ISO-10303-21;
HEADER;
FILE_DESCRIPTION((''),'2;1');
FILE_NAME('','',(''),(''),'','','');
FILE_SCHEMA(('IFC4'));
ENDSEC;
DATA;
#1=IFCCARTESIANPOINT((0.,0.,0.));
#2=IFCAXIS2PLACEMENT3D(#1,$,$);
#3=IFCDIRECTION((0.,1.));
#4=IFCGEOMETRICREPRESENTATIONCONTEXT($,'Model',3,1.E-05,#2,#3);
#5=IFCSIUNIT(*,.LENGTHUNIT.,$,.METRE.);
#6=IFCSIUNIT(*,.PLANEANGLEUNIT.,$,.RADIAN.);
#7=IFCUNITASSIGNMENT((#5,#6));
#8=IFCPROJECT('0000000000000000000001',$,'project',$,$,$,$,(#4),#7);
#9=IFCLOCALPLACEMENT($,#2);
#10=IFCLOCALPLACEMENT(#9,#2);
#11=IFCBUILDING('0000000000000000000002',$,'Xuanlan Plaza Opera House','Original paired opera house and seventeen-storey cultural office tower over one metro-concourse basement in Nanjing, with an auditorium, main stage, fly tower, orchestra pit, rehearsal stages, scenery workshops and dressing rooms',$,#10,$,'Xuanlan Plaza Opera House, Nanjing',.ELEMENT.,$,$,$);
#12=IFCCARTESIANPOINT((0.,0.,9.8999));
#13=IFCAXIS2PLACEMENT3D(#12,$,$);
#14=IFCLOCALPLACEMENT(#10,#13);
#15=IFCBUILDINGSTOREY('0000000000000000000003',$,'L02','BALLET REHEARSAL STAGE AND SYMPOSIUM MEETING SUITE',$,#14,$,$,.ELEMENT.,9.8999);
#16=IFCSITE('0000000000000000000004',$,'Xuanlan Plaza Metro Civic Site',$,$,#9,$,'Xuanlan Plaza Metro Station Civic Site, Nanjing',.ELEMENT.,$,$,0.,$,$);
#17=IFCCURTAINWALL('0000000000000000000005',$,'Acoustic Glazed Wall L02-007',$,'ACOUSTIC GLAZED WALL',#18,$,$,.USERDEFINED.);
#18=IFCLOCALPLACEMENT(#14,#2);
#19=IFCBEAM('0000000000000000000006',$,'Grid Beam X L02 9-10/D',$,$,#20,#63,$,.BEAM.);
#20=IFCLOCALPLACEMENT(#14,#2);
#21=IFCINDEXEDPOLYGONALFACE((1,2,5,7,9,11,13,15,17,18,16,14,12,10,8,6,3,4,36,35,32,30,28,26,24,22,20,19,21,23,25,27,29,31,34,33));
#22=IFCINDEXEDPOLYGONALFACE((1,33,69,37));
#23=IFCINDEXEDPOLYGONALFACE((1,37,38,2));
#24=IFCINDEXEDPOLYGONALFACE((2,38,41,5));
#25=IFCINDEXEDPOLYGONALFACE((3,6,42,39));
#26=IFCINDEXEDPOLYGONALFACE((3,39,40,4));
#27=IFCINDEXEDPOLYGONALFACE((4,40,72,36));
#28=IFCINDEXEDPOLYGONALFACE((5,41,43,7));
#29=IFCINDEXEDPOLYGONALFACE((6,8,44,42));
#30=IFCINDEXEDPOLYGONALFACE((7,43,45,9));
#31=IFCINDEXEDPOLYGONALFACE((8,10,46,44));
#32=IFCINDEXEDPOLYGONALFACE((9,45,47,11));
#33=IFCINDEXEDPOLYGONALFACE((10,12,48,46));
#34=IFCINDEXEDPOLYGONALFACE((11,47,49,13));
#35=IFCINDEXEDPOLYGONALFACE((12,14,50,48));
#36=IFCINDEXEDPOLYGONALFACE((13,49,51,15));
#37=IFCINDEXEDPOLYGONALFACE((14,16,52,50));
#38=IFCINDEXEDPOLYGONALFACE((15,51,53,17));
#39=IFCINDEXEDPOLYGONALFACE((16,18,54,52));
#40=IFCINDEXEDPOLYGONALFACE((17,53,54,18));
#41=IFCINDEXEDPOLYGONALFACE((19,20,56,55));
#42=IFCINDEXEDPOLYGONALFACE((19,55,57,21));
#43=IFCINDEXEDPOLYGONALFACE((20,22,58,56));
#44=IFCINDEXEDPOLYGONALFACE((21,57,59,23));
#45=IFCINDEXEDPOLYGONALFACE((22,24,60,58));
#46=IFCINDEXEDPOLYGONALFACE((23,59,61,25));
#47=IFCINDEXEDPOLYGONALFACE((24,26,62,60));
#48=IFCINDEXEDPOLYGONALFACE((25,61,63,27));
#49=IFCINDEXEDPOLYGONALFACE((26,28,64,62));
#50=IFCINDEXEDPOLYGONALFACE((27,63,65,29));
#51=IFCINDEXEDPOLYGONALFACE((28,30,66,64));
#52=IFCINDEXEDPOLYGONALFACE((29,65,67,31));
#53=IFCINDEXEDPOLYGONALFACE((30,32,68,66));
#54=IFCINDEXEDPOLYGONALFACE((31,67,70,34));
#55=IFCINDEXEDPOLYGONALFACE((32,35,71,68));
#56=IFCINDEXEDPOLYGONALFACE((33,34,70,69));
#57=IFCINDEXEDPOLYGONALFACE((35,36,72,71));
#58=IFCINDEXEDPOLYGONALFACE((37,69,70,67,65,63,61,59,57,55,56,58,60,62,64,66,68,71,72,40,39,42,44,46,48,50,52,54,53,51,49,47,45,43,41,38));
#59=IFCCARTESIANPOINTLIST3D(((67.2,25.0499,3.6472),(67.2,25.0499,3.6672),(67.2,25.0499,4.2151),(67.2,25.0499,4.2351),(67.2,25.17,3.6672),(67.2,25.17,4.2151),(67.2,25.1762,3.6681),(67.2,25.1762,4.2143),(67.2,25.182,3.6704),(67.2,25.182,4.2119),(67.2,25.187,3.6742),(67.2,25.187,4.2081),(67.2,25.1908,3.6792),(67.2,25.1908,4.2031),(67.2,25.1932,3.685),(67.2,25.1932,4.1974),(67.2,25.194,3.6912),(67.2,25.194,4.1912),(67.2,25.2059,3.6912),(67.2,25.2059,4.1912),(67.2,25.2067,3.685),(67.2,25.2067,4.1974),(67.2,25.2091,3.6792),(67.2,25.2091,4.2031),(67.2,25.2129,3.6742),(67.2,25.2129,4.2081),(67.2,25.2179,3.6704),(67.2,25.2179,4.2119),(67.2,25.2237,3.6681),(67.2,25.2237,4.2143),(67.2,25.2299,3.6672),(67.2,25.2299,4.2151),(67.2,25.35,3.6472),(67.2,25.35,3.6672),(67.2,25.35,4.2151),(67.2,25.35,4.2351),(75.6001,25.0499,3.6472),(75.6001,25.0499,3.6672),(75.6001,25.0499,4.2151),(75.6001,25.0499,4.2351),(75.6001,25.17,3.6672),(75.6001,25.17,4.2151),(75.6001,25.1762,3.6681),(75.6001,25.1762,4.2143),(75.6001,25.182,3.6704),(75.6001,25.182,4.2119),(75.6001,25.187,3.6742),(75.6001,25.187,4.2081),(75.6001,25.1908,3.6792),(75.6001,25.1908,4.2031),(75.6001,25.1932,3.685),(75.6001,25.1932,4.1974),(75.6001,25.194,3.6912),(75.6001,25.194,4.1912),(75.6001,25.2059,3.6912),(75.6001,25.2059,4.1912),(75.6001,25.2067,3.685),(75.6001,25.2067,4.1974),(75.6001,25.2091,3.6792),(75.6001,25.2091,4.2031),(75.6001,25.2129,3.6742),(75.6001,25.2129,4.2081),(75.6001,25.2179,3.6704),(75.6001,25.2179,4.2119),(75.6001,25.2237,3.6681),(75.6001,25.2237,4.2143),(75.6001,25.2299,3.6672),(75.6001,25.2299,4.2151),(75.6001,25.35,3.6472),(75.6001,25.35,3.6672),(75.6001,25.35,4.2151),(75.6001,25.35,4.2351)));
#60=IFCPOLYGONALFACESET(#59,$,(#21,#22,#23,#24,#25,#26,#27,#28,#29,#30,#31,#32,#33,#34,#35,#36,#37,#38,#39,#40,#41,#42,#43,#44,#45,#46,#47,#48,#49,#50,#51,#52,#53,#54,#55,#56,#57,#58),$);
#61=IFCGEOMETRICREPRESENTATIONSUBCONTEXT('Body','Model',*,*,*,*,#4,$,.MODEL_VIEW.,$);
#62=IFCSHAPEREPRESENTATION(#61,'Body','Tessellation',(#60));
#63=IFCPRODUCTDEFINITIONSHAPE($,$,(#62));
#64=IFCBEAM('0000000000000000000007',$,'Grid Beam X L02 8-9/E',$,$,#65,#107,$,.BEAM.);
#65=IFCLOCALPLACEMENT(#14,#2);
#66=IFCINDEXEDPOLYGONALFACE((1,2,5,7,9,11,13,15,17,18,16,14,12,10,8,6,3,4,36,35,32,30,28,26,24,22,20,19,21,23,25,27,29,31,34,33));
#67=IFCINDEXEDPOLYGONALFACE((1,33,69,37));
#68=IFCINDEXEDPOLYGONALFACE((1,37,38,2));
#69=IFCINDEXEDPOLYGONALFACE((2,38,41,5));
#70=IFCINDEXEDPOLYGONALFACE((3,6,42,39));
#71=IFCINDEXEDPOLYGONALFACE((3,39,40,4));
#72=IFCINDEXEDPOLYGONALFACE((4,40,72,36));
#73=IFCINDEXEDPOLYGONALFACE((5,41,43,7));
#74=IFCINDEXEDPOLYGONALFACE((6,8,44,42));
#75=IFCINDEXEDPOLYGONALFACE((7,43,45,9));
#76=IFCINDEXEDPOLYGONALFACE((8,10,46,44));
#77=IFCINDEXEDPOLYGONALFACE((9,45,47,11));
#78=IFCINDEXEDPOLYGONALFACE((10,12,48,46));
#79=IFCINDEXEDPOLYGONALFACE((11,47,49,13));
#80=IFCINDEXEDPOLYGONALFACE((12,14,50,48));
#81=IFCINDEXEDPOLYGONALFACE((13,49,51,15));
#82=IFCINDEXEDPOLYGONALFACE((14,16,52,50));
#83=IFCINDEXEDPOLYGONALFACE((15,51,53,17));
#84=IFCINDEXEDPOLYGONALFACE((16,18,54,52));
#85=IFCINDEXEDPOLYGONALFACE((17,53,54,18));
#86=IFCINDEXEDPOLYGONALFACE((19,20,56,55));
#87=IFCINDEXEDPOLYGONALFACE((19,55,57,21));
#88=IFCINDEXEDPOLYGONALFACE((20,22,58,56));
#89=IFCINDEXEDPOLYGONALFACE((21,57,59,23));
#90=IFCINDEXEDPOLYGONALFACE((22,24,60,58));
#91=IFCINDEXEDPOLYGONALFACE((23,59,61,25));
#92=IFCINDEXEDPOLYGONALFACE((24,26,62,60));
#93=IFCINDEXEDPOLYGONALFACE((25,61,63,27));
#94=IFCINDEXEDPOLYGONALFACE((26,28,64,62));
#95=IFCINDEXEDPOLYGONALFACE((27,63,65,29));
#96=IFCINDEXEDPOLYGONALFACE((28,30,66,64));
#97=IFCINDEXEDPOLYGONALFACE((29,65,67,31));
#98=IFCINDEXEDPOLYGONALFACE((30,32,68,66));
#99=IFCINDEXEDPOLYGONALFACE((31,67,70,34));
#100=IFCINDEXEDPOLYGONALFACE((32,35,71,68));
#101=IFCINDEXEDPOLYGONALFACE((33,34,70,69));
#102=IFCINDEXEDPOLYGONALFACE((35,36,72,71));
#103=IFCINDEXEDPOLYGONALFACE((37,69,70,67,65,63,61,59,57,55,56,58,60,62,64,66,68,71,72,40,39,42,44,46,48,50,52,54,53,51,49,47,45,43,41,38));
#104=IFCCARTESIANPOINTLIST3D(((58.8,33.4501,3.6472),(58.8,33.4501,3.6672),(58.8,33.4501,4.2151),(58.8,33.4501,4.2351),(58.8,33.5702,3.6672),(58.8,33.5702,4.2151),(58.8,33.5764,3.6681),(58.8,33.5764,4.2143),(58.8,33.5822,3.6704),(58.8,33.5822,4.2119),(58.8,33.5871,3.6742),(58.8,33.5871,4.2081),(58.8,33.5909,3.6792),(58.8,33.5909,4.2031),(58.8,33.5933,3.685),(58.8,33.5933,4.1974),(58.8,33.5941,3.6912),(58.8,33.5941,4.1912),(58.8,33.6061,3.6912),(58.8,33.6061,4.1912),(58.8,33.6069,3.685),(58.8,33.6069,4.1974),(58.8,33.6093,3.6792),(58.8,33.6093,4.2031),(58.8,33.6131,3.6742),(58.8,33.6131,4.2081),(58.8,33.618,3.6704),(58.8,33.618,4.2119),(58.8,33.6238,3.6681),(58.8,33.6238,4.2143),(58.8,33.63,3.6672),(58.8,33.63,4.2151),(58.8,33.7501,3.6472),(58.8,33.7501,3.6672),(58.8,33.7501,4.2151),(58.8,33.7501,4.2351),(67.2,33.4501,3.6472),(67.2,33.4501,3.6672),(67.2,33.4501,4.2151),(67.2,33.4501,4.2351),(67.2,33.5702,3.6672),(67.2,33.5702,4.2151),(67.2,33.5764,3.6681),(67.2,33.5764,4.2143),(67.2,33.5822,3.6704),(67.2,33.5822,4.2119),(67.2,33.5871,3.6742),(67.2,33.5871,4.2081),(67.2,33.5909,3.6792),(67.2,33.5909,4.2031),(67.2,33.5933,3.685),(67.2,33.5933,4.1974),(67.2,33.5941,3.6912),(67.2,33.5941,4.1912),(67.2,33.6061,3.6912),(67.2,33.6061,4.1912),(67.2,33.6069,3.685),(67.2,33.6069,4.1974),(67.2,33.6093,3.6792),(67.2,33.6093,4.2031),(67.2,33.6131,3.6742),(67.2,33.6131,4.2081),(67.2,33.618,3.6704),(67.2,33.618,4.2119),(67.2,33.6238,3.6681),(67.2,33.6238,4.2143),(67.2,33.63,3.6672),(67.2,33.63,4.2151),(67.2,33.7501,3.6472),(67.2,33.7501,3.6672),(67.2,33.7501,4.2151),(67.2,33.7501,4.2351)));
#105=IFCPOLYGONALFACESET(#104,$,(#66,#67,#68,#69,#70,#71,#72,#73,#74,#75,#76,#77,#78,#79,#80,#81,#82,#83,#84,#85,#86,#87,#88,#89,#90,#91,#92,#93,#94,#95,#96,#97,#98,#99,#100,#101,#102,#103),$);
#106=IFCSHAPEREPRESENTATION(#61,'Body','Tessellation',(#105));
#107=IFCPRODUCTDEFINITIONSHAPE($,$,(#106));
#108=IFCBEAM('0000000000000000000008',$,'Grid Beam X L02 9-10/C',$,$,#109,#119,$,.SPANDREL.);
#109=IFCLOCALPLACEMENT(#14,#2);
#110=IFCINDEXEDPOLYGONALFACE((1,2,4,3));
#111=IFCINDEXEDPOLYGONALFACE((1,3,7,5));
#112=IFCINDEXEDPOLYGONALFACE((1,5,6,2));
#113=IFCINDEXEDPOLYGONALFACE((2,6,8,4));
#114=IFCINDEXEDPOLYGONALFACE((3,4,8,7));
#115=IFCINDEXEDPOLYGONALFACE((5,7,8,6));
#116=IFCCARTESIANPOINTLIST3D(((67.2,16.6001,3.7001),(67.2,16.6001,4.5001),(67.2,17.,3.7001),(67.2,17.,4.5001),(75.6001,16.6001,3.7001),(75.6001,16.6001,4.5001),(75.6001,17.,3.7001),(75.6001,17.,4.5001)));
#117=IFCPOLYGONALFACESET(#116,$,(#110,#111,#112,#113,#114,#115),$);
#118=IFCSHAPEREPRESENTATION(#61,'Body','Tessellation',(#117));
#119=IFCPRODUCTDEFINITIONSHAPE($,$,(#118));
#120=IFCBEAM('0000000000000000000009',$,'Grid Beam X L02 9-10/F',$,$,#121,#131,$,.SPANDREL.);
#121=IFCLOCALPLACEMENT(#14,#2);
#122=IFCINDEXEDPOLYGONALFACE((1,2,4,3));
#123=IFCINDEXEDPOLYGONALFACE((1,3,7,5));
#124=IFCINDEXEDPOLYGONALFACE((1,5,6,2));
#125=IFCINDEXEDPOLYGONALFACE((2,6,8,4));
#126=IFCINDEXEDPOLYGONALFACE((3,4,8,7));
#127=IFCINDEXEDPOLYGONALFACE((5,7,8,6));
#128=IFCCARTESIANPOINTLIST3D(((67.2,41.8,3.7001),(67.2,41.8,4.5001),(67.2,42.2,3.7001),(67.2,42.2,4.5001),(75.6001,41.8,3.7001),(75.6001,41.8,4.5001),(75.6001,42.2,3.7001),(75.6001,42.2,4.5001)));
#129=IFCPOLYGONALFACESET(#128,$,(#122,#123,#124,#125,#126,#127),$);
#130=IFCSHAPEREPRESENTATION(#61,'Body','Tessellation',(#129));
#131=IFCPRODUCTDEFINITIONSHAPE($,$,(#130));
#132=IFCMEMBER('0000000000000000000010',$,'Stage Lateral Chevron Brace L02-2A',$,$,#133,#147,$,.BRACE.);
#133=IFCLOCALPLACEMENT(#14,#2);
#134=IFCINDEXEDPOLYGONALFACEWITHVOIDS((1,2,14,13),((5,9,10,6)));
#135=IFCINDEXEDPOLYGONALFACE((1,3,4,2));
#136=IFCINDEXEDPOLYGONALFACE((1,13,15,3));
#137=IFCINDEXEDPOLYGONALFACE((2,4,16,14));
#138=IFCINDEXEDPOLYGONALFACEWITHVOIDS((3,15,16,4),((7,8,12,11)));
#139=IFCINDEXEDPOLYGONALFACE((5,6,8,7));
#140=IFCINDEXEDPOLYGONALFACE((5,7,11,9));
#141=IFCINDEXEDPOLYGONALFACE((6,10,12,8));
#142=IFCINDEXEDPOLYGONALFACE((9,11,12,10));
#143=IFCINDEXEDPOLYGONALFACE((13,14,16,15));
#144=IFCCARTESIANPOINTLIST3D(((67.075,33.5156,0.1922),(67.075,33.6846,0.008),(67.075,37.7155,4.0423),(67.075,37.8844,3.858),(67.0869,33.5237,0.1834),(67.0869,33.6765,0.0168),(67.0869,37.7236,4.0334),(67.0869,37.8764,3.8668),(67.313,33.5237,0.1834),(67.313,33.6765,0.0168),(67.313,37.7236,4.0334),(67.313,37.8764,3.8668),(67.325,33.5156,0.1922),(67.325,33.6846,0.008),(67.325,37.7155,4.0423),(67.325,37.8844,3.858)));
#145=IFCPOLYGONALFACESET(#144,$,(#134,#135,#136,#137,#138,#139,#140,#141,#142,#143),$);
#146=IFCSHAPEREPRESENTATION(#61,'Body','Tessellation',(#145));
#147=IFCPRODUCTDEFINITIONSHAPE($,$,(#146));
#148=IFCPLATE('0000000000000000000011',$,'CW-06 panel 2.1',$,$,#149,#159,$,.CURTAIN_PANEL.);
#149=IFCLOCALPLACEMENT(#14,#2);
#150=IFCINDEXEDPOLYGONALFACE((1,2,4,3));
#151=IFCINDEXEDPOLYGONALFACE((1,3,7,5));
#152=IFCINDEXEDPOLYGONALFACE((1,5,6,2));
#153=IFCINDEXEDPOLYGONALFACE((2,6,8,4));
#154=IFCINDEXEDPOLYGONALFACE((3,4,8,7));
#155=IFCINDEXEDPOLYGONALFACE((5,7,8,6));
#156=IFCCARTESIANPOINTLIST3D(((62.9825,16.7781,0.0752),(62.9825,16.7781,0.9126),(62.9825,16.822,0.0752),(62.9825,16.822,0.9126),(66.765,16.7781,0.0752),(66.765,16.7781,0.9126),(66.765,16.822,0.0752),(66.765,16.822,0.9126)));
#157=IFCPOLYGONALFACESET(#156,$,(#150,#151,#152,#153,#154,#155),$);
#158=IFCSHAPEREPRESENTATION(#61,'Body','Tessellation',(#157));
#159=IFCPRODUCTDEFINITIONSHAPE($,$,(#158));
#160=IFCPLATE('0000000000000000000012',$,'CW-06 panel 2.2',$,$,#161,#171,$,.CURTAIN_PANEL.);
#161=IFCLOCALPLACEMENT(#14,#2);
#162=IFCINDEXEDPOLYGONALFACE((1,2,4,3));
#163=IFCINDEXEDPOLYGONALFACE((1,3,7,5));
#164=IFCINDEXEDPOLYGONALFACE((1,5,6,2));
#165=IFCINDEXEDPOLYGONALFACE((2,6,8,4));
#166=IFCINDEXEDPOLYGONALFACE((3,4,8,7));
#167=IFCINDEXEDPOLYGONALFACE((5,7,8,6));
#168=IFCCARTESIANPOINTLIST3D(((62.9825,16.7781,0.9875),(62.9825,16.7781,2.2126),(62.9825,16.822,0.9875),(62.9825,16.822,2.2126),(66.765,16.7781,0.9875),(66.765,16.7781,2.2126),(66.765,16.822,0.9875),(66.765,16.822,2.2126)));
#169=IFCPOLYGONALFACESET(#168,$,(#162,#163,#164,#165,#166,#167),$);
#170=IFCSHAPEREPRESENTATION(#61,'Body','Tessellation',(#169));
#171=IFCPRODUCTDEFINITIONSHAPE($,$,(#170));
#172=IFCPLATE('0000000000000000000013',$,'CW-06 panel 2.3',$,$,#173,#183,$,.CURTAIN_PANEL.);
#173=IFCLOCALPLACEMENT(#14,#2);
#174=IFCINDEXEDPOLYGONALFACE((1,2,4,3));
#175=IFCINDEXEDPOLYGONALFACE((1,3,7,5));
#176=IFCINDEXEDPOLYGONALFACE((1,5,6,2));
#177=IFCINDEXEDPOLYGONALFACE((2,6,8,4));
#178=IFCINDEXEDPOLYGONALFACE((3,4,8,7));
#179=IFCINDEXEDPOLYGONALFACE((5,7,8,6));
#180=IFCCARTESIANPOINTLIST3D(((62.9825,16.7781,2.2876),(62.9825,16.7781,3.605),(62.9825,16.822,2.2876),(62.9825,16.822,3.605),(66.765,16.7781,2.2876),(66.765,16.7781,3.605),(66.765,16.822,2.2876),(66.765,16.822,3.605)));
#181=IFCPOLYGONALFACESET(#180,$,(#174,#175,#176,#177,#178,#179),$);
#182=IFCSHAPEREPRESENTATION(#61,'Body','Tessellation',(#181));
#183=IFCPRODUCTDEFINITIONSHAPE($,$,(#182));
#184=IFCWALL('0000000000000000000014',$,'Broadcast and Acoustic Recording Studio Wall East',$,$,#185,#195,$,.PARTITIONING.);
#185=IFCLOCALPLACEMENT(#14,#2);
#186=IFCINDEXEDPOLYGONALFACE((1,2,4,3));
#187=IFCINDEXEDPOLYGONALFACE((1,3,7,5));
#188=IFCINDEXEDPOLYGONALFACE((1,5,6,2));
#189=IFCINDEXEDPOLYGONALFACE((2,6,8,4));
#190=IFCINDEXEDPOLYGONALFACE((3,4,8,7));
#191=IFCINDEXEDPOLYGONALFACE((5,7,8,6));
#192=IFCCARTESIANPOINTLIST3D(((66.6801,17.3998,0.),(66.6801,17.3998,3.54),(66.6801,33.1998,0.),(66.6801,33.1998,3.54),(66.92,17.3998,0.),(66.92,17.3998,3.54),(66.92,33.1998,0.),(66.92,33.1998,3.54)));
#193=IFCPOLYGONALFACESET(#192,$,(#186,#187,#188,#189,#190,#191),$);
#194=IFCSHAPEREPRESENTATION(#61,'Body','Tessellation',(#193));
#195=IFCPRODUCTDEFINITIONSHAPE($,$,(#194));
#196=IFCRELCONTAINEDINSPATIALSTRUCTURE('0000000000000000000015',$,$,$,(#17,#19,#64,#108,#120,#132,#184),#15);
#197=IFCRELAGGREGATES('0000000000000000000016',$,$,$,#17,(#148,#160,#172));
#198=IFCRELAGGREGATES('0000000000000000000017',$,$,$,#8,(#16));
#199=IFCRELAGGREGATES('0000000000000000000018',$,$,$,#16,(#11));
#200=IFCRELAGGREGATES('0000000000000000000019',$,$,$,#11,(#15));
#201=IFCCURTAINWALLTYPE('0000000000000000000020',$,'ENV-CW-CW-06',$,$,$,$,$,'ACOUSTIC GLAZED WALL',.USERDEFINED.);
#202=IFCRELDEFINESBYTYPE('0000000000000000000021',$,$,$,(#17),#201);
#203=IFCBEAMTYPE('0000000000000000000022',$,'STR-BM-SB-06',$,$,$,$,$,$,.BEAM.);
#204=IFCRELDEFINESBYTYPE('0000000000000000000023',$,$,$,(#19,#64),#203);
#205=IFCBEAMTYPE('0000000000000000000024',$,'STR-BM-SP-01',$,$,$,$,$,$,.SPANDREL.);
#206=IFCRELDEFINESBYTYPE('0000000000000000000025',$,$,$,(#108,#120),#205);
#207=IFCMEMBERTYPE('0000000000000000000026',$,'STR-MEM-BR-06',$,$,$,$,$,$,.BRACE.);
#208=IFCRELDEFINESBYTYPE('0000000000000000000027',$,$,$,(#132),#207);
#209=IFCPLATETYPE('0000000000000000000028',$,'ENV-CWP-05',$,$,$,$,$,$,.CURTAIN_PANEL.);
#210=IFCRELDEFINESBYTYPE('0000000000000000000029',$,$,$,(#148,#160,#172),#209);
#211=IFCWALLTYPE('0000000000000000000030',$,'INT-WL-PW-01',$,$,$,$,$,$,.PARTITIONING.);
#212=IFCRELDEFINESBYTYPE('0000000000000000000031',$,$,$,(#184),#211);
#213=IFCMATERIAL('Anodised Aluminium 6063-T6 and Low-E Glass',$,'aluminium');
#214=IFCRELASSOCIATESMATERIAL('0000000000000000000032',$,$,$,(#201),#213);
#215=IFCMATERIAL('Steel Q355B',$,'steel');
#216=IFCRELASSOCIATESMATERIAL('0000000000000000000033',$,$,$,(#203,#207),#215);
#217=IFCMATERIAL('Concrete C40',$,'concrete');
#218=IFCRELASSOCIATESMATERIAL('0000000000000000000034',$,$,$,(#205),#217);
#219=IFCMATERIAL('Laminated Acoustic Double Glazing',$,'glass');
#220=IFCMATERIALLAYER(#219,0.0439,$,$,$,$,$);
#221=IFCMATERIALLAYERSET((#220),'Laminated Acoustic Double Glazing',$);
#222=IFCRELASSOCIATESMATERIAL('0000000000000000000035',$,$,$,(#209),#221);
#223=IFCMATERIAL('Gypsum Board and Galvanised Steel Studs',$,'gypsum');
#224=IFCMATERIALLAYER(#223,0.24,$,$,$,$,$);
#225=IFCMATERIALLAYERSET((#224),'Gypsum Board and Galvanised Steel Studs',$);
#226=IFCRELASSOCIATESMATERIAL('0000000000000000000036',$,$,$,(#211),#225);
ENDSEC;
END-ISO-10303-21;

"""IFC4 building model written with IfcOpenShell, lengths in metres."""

from ifc_helpers import new_model, si_unit, direction, frame, frame_2d, origin, origin_2d, place, context, subcontext, project, spatial, rectangle, hollow_rectangle, i_section, extrude, material, layer, layer_set, material_profile, profile_set, type_object, element, aggregate, save


model = new_model("IFC4")

# Units and contexts
model_context = context("Model", 3, precision=1e-05, world=origin(), true_north=direction((0.0, 1.0)))
body_context = subcontext(model_context, "Body", "Model", "MODEL_VIEW")
ifc_project = project(units=[si_unit("LENGTHUNIT", "METRE"), si_unit("PLANEANGLEUNIT", "RADIAN")], contexts=[model_context])

# Site, building, storey
site_placement = place(None, origin())
site = spatial("IfcSite", under=ifc_project, at=site_placement, Name="Xuanlan Plaza Metro Civic Site", LongName="Xuanlan Plaza Metro Station Civic Site, Nanjing", CompositionType="ELEMENT", RefElevation=0.0)
building_placement = place(site_placement, origin())
building = spatial("IfcBuilding", under=site, at=building_placement, Name="Xuanlan Plaza Opera House", Description="Original paired opera house and seventeen-storey cultural office tower over one metro-concourse basement in Nanjing, with an auditorium, main stage, fly tower, orchestra pit, rehearsal stages, scenery workshops and dressing rooms", LongName="Xuanlan Plaza Opera House, Nanjing", CompositionType="ELEMENT")
storey_placement = place(building_placement, frame((0.0, 0.0, 9.8999)))
storey = spatial("IfcBuildingStorey", under=building, at=storey_placement, Name="L02", Description="BALLET REHEARSAL STAGE AND SYMPOSIUM MEETING SUITE", CompositionType="ELEMENT", Elevation=9.8999)

# Shared definitions
ifc_material_1 = material(Name="Concrete C40", Category="concrete")

# Curtain wall
ifc_material_2 = material(Name="Anodised Aluminium 6063-T6 and Low-E Glass", Category="aluminium")
curtain_wall_type = type_object("IfcCurtainWallType", Name="ENV-CW-CW-06", ElementType="ACOUSTIC GLAZED WALL", PredefinedType="USERDEFINED", material=ifc_material_2)
curtain_wall_placement = place(storey_placement, origin())
curtain_wall = element("IfcCurtainWall", 1, at=curtain_wall_placement, inside=storey, type_object=curtain_wall_type, Name="Acoustic Glazed Wall L02-007", ObjectType="ACOUSTIC GLAZED WALL", PredefinedType="USERDEFINED")

# Beams
ifc_material_3 = material(Name="Steel Q355B", Category="steel")
ifc_material_profile_1 = material_profile(ifc_material_3, i_section(OverallWidth=0.3, OverallDepth=0.5879, WebThickness=0.012, FlangeThickness=0.02, FilletRadius=0.0239, at=origin_2d()), Name="HM 588x300x12x20")
ifc_profile_set_1 = profile_set([ifc_material_profile_1], Name="Steel Q355B")
beam_type_1 = type_object("IfcBeamType", Name="STR-BM-SB-06", PredefinedType="BEAM", material=ifc_profile_set_1)
beam_1_placement = place(storey_placement, frame((67.2, 25.2, 3.9412), z_axis=(1.0, 0.0, 0.0), x_axis=(0.0, 1.0, 0.0)))
element("IfcBeam", 2, at=beam_1_placement, inside=storey, type_object=beam_type_1, Name="Grid Beam X L02 9-10/D", PredefinedType="BEAM", context=body_context, shape_type="SweptSolid", body=[
    extrude(i_section(OverallWidth=0.3, OverallDepth=0.5879, WebThickness=0.012, FlangeThickness=0.02, FilletRadius=0.0239, at=origin_2d()), origin(), (0.0, 0.0, 1.0), 8.4001),
])
beam_2_placement = place(storey_placement, frame((58.8, 33.6001, 3.9412), z_axis=(1.0, 0.0, 0.0), x_axis=(0.0, 1.0, 0.0)))
element("IfcBeam", 3, at=beam_2_placement, inside=storey, type_object=beam_type_1, Name="Grid Beam X L02 8-9/E", PredefinedType="BEAM", context=body_context, shape_type="SweptSolid", body=[
    extrude(i_section(OverallWidth=0.3, OverallDepth=0.5879, WebThickness=0.012, FlangeThickness=0.02, FilletRadius=0.0239, at=origin_2d()), origin(), (0.0, 0.0, 1.0), 8.3999),
])
ifc_material_profile_2 = material_profile(ifc_material_1, rectangle(XDim=0.3999, YDim=0.8, at=origin_2d()), Name="RC-SPD 400x800")
ifc_profile_set_2 = profile_set([ifc_material_profile_2], Name="Concrete C40")
beam_type_2 = type_object("IfcBeamType", Name="STR-BM-SP-01", PredefinedType="SPANDREL", material=ifc_profile_set_2)
for number, where, z_axis, x_axis, name in (
    (4, (67.2, 16.8, 4.1001), (1.0, 0.0, 0.0), (0.0, 1.0, 0.0), "Grid Beam X L02 9-10/C"),
    (5, (67.2, 42.0, 4.1001), (1.0, 0.0, 0.0), (0.0, 1.0, 0.0), "Grid Beam X L02 9-10/F"),
):
    element("IfcBeam", number, at=place(storey_placement, frame(where, z_axis=z_axis, x_axis=x_axis)), inside=storey, type_object=beam_type_2, Name=name, PredefinedType="SPANDREL", context=body_context, shape_type="SweptSolid", body=[
        extrude(rectangle(XDim=0.3999, YDim=0.8, at=origin_2d()), origin(), (0.0, 0.0, 1.0), 8.4001),
    ])

# Member
ifc_material_profile_3 = material_profile(ifc_material_3, hollow_rectangle(XDim=0.25, YDim=0.25, WallThickness=0.012, at=origin_2d()), Name="SHS 250x250x12")
ifc_profile_set_3 = profile_set([ifc_material_profile_3], Name="Steel Q355B")
member_type_1 = type_object("IfcMemberType", Name="STR-MEM-BR-06", PredefinedType="BRACE", material=ifc_profile_set_3)
member_1_placement = place(storey_placement, frame((67.2, 33.6001, 0.1001), z_axis=(0.0, 0.737142, 0.675738), x_axis=(-1.0, 0.0, 0.0)))
element("IfcMember", 6, at=member_1_placement, inside=storey, type_object=member_type_1, Name="Stage Lateral Chevron Brace L02-2A", PredefinedType="BRACE", context=body_context, shape_type="SweptSolid", body=[
    extrude(hollow_rectangle(XDim=0.25, YDim=0.25, WallThickness=0.012, at=origin_2d()), origin(), (0.0, 0.0, 1.0), 5.6975),
])

# Plates
ifc_material_4 = material(Name="Laminated Acoustic Double Glazing", Category="glass")
ifc_layer_1 = layer(ifc_material_4, 0.0439)
ifc_layer_set_1 = layer_set([ifc_layer_1], Name="Laminated Acoustic Double Glazing")
plate_type = type_object("IfcPlateType", Name="ENV-CWP-05", PredefinedType="CURTAIN_PANEL", material=ifc_layer_set_1)
plate_1_placement = place(storey_placement, frame((64.8738, 16.8, 0.0752), z_axis=(0.0, 0.0, 1.0), x_axis=(1.0, 0.0, 0.0)))
plate_1 = element("IfcPlate", 7, at=plate_1_placement, type_object=plate_type, Name="CW-06 panel 2.1", PredefinedType="CURTAIN_PANEL", context=body_context, shape_type="SweptSolid", body=[
    extrude(rectangle(XDim=3.7825, YDim=0.0439, at=origin_2d()), origin(), (0.0, 0.0, 1.0), 0.8374),
])
plate_2_placement = place(storey_placement, frame((64.8738, 16.8, 0.9875), z_axis=(0.0, 0.0, 1.0), x_axis=(1.0, 0.0, 0.0)))
plate_2 = element("IfcPlate", 8, at=plate_2_placement, type_object=plate_type, Name="CW-06 panel 2.2", PredefinedType="CURTAIN_PANEL", context=body_context, shape_type="SweptSolid", body=[
    extrude(rectangle(XDim=3.7825, YDim=0.0439, at=origin_2d()), origin(), (0.0, 0.0, 1.0), 1.2251),
])
plate_3_placement = place(storey_placement, frame((64.8738, 16.8, 2.2876), z_axis=(0.0, 0.0, 1.0), x_axis=(1.0, 0.0, 0.0)))
plate_3 = element("IfcPlate", 9, at=plate_3_placement, type_object=plate_type, Name="CW-06 panel 2.3", PredefinedType="CURTAIN_PANEL", context=body_context, shape_type="SweptSolid", body=[
    extrude(rectangle(XDim=3.7825, YDim=0.0439, at=origin_2d()), origin(), (0.0, 0.0, 1.0), 1.3174),
])
aggregate(curtain_wall, [plate_1, plate_2, plate_3])

# Wall
ifc_material_5 = material(Name="Gypsum Board and Galvanised Steel Studs", Category="gypsum")
ifc_layer_2 = layer(ifc_material_5, 0.24)
ifc_layer_set_2 = layer_set([ifc_layer_2], Name="Gypsum Board and Galvanised Steel Studs")
wall_type = type_object("IfcWallType", Name="INT-WL-PW-01", PredefinedType="PARTITIONING", material=ifc_layer_set_2)
wall_placement = place(storey_placement, frame((66.8, 17.3999, 0.0), z_axis=(0.0, 0.0, 1.0), x_axis=(0.0, 1.0, 0.0)))
element("IfcWall", 10, at=wall_placement, inside=storey, type_object=wall_type, Name="Broadcast and Acoustic Recording Studio Wall East", PredefinedType="PARTITIONING", context=body_context, shape_type="SweptSolid", body=[
    extrude(rectangle(XDim=15.8, YDim=0.24, at=frame_2d((7.8999, 0.0))), origin(), (0.0, 0.0, 1.0), 3.54),
])

save(model, "model.ifc")
